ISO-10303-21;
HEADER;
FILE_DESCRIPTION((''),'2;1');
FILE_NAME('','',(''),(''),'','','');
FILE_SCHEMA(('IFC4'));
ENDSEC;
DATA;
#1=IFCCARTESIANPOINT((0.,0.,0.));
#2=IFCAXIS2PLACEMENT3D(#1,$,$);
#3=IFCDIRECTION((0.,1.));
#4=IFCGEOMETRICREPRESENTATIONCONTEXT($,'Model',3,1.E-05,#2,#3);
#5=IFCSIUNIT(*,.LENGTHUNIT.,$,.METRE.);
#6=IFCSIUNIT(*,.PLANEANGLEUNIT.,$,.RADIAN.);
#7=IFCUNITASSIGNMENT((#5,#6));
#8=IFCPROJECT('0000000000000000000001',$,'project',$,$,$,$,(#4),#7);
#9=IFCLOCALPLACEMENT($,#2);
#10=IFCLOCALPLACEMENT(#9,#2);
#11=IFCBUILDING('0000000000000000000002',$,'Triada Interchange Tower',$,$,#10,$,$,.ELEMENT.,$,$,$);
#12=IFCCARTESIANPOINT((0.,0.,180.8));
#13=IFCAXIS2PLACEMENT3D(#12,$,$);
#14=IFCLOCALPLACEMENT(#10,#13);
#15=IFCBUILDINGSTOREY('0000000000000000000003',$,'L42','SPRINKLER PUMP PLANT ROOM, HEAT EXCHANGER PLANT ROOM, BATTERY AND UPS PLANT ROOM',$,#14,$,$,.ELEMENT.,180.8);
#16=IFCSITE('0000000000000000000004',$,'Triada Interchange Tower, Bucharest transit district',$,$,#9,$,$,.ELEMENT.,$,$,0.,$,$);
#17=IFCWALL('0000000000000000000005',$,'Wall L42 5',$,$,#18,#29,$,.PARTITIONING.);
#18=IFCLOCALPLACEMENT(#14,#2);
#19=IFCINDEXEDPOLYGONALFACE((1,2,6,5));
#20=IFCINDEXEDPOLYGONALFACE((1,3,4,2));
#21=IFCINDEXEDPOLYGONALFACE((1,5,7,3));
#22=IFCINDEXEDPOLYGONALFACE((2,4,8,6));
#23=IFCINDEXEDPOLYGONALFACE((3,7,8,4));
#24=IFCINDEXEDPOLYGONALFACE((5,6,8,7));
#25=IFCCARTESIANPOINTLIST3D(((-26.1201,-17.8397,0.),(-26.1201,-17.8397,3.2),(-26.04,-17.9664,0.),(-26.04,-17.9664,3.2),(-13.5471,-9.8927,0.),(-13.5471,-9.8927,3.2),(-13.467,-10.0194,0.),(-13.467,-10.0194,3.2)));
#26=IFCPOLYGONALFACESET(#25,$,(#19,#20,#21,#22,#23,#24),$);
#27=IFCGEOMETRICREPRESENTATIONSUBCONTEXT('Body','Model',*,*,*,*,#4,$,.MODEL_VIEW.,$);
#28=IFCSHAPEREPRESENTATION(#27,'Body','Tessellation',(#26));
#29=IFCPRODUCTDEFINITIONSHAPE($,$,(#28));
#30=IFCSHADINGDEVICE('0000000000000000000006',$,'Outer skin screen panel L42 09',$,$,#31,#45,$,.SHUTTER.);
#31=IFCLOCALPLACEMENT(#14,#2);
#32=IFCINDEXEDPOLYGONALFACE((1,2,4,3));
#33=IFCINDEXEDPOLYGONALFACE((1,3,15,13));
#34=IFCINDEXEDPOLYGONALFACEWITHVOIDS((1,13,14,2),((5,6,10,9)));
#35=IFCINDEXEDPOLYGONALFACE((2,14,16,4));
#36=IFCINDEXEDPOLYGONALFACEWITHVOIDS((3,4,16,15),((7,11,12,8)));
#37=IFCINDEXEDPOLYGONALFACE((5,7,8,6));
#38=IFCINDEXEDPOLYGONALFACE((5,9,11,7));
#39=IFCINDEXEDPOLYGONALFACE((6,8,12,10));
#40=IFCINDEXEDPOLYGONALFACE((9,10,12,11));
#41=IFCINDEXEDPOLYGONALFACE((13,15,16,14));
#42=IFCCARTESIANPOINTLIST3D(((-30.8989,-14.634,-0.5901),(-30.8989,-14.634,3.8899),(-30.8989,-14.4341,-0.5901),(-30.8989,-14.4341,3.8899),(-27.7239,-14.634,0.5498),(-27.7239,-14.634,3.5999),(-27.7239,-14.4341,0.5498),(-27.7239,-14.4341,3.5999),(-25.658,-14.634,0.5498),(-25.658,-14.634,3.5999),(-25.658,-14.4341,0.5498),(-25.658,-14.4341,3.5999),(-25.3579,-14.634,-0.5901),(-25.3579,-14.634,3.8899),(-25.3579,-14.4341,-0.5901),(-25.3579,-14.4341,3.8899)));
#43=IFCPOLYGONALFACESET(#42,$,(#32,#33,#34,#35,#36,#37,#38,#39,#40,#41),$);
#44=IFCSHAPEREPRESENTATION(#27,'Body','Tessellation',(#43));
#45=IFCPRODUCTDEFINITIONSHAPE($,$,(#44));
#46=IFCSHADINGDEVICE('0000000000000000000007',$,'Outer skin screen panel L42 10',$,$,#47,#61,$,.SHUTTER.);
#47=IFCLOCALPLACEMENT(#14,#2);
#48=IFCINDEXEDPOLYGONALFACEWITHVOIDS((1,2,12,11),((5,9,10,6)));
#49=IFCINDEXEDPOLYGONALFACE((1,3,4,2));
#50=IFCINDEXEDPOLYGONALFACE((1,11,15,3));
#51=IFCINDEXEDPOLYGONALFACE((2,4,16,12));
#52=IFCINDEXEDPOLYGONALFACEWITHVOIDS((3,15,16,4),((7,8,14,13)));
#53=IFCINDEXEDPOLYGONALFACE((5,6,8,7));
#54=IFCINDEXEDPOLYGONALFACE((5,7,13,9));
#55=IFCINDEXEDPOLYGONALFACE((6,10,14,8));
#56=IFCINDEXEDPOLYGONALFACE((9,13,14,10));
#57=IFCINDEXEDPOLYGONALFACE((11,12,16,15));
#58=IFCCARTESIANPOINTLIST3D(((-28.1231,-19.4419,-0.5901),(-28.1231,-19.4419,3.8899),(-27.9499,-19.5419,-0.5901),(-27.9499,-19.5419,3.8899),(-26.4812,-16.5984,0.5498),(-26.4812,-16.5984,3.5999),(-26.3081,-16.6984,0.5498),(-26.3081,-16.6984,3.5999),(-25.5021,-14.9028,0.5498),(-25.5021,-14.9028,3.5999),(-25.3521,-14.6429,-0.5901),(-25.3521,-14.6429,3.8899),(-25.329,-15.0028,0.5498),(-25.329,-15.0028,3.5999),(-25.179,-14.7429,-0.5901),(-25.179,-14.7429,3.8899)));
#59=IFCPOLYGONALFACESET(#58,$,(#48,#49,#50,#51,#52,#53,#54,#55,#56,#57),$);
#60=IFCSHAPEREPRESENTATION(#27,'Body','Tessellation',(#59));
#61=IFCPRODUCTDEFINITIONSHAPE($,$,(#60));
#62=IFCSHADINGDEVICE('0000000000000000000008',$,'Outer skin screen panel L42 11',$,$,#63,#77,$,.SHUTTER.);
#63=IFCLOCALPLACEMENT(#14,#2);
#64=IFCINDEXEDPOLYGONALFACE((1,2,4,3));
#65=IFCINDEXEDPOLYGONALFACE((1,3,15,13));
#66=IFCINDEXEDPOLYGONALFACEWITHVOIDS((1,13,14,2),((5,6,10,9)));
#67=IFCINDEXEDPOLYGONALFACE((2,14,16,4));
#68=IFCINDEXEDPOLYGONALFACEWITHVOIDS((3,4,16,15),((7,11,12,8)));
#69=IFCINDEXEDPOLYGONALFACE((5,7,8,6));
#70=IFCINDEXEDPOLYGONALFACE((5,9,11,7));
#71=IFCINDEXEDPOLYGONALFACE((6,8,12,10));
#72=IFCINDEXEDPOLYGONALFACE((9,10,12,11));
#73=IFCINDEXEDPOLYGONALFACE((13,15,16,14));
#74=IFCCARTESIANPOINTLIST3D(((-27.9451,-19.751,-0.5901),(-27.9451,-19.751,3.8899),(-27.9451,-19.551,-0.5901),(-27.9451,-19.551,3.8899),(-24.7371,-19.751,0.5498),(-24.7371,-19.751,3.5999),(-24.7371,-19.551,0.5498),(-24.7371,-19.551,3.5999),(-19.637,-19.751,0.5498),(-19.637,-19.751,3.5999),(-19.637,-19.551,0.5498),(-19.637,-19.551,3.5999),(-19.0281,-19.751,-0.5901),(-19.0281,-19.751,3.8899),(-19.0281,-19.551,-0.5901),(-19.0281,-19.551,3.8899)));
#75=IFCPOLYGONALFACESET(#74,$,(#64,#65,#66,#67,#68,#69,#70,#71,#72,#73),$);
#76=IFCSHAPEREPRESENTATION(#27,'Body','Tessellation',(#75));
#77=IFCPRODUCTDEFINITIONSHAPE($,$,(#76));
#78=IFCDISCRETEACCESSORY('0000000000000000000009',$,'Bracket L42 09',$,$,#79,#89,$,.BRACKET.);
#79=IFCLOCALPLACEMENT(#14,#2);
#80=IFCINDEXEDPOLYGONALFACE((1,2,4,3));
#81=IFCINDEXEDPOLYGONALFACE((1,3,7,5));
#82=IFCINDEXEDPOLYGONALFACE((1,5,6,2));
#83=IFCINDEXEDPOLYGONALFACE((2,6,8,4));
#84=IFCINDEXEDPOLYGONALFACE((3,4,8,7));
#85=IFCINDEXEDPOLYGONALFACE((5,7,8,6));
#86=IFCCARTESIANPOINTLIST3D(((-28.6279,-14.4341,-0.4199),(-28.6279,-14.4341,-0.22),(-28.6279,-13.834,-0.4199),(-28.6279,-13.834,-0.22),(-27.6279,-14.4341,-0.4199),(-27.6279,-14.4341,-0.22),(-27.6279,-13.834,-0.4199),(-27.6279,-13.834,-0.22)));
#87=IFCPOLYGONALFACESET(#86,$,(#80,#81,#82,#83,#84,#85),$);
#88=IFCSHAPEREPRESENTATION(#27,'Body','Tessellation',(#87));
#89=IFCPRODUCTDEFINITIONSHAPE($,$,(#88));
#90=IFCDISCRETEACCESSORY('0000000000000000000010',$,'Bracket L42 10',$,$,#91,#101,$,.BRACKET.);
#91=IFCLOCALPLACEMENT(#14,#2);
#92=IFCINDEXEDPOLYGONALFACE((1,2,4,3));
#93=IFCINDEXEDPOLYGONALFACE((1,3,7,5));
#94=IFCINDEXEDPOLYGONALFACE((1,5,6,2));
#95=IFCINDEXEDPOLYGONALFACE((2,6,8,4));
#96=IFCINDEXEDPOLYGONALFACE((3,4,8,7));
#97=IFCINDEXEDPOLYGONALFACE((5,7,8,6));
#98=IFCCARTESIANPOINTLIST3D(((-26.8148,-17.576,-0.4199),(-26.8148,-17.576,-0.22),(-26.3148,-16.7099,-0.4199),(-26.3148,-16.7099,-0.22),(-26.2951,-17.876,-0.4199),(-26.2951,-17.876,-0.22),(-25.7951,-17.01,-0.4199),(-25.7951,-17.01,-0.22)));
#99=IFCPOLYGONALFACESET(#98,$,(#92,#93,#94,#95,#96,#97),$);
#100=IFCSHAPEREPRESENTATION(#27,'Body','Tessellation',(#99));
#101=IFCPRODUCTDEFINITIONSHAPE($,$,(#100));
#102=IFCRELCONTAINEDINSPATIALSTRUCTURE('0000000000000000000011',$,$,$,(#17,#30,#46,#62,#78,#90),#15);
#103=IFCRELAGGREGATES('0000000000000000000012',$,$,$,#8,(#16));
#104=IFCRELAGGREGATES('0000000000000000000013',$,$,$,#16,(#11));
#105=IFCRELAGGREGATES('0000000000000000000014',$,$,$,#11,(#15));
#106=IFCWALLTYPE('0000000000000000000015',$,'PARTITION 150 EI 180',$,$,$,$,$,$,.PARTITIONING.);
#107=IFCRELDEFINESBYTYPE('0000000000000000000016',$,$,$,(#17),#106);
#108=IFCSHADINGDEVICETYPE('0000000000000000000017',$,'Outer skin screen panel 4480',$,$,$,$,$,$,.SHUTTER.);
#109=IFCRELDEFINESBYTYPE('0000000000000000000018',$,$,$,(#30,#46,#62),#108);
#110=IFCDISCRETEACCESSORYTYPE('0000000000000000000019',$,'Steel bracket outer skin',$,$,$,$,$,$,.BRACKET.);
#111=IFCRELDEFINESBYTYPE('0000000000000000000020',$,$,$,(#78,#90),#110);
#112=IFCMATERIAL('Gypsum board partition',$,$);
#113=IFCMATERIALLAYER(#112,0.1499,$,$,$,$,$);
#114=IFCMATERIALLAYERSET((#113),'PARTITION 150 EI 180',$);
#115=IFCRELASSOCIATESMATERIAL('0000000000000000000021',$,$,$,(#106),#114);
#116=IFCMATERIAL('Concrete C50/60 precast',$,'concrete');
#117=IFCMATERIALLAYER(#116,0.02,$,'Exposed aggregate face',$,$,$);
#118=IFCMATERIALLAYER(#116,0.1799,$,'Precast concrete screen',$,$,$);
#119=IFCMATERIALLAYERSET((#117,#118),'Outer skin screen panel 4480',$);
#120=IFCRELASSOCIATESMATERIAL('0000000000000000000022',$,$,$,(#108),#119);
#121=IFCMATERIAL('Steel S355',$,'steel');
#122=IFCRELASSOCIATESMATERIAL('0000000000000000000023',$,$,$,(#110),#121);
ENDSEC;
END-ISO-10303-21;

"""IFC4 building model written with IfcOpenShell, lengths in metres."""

from ifc_helpers import new_model, si_unit, direction, frame, frame_2d, origin, origin_2d, place, context, subcontext, project, spatial, polyline, rectangle, outline, extrude, material, layer, layer_set, type_object, element, save


model = new_model("IFC4")

# Units and contexts
model_context = context("Model", 3, precision=1e-05, world=origin(), true_north=direction((0.0, 1.0)))
body_context = subcontext(model_context, "Body", "Model", "MODEL_VIEW")
ifc_project = project(units=[si_unit("LENGTHUNIT", "METRE"), si_unit("PLANEANGLEUNIT", "RADIAN")], contexts=[model_context])

# Site, building, storey
site_placement = place(None, origin())
site = spatial("IfcSite", under=ifc_project, at=site_placement, Name="Triada Interchange Tower, Bucharest transit district", CompositionType="ELEMENT", RefElevation=0.0)
building_placement = place(site_placement, origin())
building = spatial("IfcBuilding", under=site, at=building_placement, Name="Triada Interchange Tower", CompositionType="ELEMENT")
storey_placement = place(building_placement, frame((0.0, 0.0, 180.8)))
storey = spatial("IfcBuildingStorey", under=building, at=storey_placement, Name="L42", Description="SPRINKLER PUMP PLANT ROOM, HEAT EXCHANGER PLANT ROOM, BATTERY AND UPS PLANT ROOM", CompositionType="ELEMENT", Elevation=180.8)

# Shared definitions
ifc_material_1 = material(Name="Steel S355", Category="steel")

# Wall
ifc_material_2 = material(Name="Gypsum board partition")
ifc_layer_1 = layer(ifc_material_2, 0.1499)
ifc_layer_set_1 = layer_set([ifc_layer_1], Name="PARTITION 150 EI 180")
wall_type_1 = type_object("IfcWallType", Name="PARTITION 150 EI 180", PredefinedType="PARTITIONING", material=ifc_layer_set_1)
wall_1_placement = place(storey_placement, frame((-26.0801, -17.9031, 0.0), z_axis=(0.0, 0.0, 1.0), x_axis=(0.845301, 0.53429, 0.0)))
element("IfcWall", 1, at=wall_1_placement, inside=storey, type_object=wall_type_1, Name="Wall L42 5", PredefinedType="PARTITIONING", context=body_context, shape_type="SweptSolid", body=[
    extrude(rectangle(XDim=14.874, YDim=0.1499, at=frame_2d((7.437, 0.0))), origin(), (0.0, 0.0, 1.0), 3.2),
])

# Shading devices
ifc_material_3 = material(Name="Concrete C50/60 precast", Category="concrete")
ifc_layer_2 = layer(ifc_material_3, 0.02, Name="Exposed aggregate face")
ifc_layer_3 = layer(ifc_material_3, 0.1799, Name="Precast concrete screen")
ifc_layer_set_2 = layer_set([ifc_layer_2, ifc_layer_3], Name="Outer skin screen panel 4480")
shading_device_type = type_object("IfcShadingDeviceType", Name="Outer skin screen panel 4480", PredefinedType="SHUTTER", material=ifc_layer_set_2)
shading_device_1_placement = place(storey_placement, frame((-30.8989, -14.4341, -0.5901), z_axis=(0.0, 0.0, 1.0), x_axis=(1.0, 0.0, 0.0)))
element("IfcShadingDevice", 2, at=shading_device_1_placement, inside=storey, type_object=shading_device_type, Name="Outer skin screen panel L42 09", PredefinedType="SHUTTER", context=body_context, shape_type="SweptSolid", body=[
    extrude(outline(polyline([(0.0, 0.0), (5.541, 0.0), (5.541, 4.48), (0.0, 4.48), (0.0, 0.0)]), holes=[polyline([(3.175, 1.1399), (3.175, 4.1899), (5.241, 4.1899), (5.241, 1.1399), (3.175, 1.1399)])]), frame((0.0, 0.0, 0.0), z_axis=(0.0, -1.0, 0.0), x_axis=(1.0, 0.0, 0.0)), (0.0, 0.0, 1.0), 0.2),
])
shading_device_2_placement = place(storey_placement, frame((-25.179, -14.7429, -0.5901), z_axis=(0.0, 0.0, 1.0), x_axis=(-0.500034, -0.866006, 0.0)))
element("IfcShadingDevice", 3, at=shading_device_2_placement, inside=storey, type_object=shading_device_type, Name="Outer skin screen panel L42 10", PredefinedType="SHUTTER", context=body_context, shape_type="SweptSolid", body=[
    extrude(outline(polyline([(0.0, 0.0), (5.5415, 0.0), (5.5415, 4.48), (0.0, 4.48), (0.0, 0.0)]), holes=[polyline([(0.3, 1.1399), (0.3, 4.1899), (2.2581, 4.1899), (2.2581, 1.1399), (0.3, 1.1399)])]), frame((0.0, 0.0, 0.0), z_axis=(0.0, -1.0, 0.0), x_axis=(1.0, 0.0, 0.0)), (0.0, 0.0, 1.0), 0.2),
])
shading_device_3_placement = place(storey_placement, frame((-27.9451, -19.551, -0.5901), z_axis=(0.0, 0.0, 1.0), x_axis=(1.0, 0.0, 0.0)))
element("IfcShadingDevice", 4, at=shading_device_3_placement, inside=storey, type_object=shading_device_type, Name="Outer skin screen panel L42 11", PredefinedType="SHUTTER", context=body_context, shape_type="SweptSolid", body=[
    extrude(outline(polyline([(0.0, 0.0), (8.917, 0.0), (8.917, 4.48), (0.0, 4.48), (0.0, 0.0)]), holes=[polyline([(3.208, 1.1399), (3.208, 4.1899), (8.3081, 4.1899), (8.3081, 1.1399), (3.208, 1.1399)])]), frame((0.0, 0.0, 0.0), z_axis=(0.0, -1.0, 0.0), x_axis=(1.0, 0.0, 0.0)), (0.0, 0.0, 1.0), 0.2),
])

# Discrete accessories
discrete_accessory_type = type_object("IfcDiscreteAccessoryType", Name="Steel bracket outer skin", PredefinedType="BRACKET", material=ifc_material_1)
for number, where, z_axis, x_axis, name in (
    (5, (-28.1279, -14.134, -0.4199), (0.0, 0.0, 1.0), (0.0, -1.0, 0.0), "Bracket L42 09"),
    (6, (-26.3049, -17.293, -0.4199), (0.0, 0.0, 1.0), (-0.866047, 0.499962, 0.0), "Bracket L42 10"),
):
    element("IfcDiscreteAccessory", number, at=place(storey_placement, frame(where, z_axis=z_axis, x_axis=x_axis)), inside=storey, type_object=discrete_accessory_type, Name=name, PredefinedType="BRACKET", context=body_context, shape_type="SweptSolid", body=[
        extrude(rectangle(XDim=0.6001, YDim=1.0, at=origin_2d()), origin(), (0.0, 0.0, 1.0), 0.2),
    ])

save(model, "model.ifc")
